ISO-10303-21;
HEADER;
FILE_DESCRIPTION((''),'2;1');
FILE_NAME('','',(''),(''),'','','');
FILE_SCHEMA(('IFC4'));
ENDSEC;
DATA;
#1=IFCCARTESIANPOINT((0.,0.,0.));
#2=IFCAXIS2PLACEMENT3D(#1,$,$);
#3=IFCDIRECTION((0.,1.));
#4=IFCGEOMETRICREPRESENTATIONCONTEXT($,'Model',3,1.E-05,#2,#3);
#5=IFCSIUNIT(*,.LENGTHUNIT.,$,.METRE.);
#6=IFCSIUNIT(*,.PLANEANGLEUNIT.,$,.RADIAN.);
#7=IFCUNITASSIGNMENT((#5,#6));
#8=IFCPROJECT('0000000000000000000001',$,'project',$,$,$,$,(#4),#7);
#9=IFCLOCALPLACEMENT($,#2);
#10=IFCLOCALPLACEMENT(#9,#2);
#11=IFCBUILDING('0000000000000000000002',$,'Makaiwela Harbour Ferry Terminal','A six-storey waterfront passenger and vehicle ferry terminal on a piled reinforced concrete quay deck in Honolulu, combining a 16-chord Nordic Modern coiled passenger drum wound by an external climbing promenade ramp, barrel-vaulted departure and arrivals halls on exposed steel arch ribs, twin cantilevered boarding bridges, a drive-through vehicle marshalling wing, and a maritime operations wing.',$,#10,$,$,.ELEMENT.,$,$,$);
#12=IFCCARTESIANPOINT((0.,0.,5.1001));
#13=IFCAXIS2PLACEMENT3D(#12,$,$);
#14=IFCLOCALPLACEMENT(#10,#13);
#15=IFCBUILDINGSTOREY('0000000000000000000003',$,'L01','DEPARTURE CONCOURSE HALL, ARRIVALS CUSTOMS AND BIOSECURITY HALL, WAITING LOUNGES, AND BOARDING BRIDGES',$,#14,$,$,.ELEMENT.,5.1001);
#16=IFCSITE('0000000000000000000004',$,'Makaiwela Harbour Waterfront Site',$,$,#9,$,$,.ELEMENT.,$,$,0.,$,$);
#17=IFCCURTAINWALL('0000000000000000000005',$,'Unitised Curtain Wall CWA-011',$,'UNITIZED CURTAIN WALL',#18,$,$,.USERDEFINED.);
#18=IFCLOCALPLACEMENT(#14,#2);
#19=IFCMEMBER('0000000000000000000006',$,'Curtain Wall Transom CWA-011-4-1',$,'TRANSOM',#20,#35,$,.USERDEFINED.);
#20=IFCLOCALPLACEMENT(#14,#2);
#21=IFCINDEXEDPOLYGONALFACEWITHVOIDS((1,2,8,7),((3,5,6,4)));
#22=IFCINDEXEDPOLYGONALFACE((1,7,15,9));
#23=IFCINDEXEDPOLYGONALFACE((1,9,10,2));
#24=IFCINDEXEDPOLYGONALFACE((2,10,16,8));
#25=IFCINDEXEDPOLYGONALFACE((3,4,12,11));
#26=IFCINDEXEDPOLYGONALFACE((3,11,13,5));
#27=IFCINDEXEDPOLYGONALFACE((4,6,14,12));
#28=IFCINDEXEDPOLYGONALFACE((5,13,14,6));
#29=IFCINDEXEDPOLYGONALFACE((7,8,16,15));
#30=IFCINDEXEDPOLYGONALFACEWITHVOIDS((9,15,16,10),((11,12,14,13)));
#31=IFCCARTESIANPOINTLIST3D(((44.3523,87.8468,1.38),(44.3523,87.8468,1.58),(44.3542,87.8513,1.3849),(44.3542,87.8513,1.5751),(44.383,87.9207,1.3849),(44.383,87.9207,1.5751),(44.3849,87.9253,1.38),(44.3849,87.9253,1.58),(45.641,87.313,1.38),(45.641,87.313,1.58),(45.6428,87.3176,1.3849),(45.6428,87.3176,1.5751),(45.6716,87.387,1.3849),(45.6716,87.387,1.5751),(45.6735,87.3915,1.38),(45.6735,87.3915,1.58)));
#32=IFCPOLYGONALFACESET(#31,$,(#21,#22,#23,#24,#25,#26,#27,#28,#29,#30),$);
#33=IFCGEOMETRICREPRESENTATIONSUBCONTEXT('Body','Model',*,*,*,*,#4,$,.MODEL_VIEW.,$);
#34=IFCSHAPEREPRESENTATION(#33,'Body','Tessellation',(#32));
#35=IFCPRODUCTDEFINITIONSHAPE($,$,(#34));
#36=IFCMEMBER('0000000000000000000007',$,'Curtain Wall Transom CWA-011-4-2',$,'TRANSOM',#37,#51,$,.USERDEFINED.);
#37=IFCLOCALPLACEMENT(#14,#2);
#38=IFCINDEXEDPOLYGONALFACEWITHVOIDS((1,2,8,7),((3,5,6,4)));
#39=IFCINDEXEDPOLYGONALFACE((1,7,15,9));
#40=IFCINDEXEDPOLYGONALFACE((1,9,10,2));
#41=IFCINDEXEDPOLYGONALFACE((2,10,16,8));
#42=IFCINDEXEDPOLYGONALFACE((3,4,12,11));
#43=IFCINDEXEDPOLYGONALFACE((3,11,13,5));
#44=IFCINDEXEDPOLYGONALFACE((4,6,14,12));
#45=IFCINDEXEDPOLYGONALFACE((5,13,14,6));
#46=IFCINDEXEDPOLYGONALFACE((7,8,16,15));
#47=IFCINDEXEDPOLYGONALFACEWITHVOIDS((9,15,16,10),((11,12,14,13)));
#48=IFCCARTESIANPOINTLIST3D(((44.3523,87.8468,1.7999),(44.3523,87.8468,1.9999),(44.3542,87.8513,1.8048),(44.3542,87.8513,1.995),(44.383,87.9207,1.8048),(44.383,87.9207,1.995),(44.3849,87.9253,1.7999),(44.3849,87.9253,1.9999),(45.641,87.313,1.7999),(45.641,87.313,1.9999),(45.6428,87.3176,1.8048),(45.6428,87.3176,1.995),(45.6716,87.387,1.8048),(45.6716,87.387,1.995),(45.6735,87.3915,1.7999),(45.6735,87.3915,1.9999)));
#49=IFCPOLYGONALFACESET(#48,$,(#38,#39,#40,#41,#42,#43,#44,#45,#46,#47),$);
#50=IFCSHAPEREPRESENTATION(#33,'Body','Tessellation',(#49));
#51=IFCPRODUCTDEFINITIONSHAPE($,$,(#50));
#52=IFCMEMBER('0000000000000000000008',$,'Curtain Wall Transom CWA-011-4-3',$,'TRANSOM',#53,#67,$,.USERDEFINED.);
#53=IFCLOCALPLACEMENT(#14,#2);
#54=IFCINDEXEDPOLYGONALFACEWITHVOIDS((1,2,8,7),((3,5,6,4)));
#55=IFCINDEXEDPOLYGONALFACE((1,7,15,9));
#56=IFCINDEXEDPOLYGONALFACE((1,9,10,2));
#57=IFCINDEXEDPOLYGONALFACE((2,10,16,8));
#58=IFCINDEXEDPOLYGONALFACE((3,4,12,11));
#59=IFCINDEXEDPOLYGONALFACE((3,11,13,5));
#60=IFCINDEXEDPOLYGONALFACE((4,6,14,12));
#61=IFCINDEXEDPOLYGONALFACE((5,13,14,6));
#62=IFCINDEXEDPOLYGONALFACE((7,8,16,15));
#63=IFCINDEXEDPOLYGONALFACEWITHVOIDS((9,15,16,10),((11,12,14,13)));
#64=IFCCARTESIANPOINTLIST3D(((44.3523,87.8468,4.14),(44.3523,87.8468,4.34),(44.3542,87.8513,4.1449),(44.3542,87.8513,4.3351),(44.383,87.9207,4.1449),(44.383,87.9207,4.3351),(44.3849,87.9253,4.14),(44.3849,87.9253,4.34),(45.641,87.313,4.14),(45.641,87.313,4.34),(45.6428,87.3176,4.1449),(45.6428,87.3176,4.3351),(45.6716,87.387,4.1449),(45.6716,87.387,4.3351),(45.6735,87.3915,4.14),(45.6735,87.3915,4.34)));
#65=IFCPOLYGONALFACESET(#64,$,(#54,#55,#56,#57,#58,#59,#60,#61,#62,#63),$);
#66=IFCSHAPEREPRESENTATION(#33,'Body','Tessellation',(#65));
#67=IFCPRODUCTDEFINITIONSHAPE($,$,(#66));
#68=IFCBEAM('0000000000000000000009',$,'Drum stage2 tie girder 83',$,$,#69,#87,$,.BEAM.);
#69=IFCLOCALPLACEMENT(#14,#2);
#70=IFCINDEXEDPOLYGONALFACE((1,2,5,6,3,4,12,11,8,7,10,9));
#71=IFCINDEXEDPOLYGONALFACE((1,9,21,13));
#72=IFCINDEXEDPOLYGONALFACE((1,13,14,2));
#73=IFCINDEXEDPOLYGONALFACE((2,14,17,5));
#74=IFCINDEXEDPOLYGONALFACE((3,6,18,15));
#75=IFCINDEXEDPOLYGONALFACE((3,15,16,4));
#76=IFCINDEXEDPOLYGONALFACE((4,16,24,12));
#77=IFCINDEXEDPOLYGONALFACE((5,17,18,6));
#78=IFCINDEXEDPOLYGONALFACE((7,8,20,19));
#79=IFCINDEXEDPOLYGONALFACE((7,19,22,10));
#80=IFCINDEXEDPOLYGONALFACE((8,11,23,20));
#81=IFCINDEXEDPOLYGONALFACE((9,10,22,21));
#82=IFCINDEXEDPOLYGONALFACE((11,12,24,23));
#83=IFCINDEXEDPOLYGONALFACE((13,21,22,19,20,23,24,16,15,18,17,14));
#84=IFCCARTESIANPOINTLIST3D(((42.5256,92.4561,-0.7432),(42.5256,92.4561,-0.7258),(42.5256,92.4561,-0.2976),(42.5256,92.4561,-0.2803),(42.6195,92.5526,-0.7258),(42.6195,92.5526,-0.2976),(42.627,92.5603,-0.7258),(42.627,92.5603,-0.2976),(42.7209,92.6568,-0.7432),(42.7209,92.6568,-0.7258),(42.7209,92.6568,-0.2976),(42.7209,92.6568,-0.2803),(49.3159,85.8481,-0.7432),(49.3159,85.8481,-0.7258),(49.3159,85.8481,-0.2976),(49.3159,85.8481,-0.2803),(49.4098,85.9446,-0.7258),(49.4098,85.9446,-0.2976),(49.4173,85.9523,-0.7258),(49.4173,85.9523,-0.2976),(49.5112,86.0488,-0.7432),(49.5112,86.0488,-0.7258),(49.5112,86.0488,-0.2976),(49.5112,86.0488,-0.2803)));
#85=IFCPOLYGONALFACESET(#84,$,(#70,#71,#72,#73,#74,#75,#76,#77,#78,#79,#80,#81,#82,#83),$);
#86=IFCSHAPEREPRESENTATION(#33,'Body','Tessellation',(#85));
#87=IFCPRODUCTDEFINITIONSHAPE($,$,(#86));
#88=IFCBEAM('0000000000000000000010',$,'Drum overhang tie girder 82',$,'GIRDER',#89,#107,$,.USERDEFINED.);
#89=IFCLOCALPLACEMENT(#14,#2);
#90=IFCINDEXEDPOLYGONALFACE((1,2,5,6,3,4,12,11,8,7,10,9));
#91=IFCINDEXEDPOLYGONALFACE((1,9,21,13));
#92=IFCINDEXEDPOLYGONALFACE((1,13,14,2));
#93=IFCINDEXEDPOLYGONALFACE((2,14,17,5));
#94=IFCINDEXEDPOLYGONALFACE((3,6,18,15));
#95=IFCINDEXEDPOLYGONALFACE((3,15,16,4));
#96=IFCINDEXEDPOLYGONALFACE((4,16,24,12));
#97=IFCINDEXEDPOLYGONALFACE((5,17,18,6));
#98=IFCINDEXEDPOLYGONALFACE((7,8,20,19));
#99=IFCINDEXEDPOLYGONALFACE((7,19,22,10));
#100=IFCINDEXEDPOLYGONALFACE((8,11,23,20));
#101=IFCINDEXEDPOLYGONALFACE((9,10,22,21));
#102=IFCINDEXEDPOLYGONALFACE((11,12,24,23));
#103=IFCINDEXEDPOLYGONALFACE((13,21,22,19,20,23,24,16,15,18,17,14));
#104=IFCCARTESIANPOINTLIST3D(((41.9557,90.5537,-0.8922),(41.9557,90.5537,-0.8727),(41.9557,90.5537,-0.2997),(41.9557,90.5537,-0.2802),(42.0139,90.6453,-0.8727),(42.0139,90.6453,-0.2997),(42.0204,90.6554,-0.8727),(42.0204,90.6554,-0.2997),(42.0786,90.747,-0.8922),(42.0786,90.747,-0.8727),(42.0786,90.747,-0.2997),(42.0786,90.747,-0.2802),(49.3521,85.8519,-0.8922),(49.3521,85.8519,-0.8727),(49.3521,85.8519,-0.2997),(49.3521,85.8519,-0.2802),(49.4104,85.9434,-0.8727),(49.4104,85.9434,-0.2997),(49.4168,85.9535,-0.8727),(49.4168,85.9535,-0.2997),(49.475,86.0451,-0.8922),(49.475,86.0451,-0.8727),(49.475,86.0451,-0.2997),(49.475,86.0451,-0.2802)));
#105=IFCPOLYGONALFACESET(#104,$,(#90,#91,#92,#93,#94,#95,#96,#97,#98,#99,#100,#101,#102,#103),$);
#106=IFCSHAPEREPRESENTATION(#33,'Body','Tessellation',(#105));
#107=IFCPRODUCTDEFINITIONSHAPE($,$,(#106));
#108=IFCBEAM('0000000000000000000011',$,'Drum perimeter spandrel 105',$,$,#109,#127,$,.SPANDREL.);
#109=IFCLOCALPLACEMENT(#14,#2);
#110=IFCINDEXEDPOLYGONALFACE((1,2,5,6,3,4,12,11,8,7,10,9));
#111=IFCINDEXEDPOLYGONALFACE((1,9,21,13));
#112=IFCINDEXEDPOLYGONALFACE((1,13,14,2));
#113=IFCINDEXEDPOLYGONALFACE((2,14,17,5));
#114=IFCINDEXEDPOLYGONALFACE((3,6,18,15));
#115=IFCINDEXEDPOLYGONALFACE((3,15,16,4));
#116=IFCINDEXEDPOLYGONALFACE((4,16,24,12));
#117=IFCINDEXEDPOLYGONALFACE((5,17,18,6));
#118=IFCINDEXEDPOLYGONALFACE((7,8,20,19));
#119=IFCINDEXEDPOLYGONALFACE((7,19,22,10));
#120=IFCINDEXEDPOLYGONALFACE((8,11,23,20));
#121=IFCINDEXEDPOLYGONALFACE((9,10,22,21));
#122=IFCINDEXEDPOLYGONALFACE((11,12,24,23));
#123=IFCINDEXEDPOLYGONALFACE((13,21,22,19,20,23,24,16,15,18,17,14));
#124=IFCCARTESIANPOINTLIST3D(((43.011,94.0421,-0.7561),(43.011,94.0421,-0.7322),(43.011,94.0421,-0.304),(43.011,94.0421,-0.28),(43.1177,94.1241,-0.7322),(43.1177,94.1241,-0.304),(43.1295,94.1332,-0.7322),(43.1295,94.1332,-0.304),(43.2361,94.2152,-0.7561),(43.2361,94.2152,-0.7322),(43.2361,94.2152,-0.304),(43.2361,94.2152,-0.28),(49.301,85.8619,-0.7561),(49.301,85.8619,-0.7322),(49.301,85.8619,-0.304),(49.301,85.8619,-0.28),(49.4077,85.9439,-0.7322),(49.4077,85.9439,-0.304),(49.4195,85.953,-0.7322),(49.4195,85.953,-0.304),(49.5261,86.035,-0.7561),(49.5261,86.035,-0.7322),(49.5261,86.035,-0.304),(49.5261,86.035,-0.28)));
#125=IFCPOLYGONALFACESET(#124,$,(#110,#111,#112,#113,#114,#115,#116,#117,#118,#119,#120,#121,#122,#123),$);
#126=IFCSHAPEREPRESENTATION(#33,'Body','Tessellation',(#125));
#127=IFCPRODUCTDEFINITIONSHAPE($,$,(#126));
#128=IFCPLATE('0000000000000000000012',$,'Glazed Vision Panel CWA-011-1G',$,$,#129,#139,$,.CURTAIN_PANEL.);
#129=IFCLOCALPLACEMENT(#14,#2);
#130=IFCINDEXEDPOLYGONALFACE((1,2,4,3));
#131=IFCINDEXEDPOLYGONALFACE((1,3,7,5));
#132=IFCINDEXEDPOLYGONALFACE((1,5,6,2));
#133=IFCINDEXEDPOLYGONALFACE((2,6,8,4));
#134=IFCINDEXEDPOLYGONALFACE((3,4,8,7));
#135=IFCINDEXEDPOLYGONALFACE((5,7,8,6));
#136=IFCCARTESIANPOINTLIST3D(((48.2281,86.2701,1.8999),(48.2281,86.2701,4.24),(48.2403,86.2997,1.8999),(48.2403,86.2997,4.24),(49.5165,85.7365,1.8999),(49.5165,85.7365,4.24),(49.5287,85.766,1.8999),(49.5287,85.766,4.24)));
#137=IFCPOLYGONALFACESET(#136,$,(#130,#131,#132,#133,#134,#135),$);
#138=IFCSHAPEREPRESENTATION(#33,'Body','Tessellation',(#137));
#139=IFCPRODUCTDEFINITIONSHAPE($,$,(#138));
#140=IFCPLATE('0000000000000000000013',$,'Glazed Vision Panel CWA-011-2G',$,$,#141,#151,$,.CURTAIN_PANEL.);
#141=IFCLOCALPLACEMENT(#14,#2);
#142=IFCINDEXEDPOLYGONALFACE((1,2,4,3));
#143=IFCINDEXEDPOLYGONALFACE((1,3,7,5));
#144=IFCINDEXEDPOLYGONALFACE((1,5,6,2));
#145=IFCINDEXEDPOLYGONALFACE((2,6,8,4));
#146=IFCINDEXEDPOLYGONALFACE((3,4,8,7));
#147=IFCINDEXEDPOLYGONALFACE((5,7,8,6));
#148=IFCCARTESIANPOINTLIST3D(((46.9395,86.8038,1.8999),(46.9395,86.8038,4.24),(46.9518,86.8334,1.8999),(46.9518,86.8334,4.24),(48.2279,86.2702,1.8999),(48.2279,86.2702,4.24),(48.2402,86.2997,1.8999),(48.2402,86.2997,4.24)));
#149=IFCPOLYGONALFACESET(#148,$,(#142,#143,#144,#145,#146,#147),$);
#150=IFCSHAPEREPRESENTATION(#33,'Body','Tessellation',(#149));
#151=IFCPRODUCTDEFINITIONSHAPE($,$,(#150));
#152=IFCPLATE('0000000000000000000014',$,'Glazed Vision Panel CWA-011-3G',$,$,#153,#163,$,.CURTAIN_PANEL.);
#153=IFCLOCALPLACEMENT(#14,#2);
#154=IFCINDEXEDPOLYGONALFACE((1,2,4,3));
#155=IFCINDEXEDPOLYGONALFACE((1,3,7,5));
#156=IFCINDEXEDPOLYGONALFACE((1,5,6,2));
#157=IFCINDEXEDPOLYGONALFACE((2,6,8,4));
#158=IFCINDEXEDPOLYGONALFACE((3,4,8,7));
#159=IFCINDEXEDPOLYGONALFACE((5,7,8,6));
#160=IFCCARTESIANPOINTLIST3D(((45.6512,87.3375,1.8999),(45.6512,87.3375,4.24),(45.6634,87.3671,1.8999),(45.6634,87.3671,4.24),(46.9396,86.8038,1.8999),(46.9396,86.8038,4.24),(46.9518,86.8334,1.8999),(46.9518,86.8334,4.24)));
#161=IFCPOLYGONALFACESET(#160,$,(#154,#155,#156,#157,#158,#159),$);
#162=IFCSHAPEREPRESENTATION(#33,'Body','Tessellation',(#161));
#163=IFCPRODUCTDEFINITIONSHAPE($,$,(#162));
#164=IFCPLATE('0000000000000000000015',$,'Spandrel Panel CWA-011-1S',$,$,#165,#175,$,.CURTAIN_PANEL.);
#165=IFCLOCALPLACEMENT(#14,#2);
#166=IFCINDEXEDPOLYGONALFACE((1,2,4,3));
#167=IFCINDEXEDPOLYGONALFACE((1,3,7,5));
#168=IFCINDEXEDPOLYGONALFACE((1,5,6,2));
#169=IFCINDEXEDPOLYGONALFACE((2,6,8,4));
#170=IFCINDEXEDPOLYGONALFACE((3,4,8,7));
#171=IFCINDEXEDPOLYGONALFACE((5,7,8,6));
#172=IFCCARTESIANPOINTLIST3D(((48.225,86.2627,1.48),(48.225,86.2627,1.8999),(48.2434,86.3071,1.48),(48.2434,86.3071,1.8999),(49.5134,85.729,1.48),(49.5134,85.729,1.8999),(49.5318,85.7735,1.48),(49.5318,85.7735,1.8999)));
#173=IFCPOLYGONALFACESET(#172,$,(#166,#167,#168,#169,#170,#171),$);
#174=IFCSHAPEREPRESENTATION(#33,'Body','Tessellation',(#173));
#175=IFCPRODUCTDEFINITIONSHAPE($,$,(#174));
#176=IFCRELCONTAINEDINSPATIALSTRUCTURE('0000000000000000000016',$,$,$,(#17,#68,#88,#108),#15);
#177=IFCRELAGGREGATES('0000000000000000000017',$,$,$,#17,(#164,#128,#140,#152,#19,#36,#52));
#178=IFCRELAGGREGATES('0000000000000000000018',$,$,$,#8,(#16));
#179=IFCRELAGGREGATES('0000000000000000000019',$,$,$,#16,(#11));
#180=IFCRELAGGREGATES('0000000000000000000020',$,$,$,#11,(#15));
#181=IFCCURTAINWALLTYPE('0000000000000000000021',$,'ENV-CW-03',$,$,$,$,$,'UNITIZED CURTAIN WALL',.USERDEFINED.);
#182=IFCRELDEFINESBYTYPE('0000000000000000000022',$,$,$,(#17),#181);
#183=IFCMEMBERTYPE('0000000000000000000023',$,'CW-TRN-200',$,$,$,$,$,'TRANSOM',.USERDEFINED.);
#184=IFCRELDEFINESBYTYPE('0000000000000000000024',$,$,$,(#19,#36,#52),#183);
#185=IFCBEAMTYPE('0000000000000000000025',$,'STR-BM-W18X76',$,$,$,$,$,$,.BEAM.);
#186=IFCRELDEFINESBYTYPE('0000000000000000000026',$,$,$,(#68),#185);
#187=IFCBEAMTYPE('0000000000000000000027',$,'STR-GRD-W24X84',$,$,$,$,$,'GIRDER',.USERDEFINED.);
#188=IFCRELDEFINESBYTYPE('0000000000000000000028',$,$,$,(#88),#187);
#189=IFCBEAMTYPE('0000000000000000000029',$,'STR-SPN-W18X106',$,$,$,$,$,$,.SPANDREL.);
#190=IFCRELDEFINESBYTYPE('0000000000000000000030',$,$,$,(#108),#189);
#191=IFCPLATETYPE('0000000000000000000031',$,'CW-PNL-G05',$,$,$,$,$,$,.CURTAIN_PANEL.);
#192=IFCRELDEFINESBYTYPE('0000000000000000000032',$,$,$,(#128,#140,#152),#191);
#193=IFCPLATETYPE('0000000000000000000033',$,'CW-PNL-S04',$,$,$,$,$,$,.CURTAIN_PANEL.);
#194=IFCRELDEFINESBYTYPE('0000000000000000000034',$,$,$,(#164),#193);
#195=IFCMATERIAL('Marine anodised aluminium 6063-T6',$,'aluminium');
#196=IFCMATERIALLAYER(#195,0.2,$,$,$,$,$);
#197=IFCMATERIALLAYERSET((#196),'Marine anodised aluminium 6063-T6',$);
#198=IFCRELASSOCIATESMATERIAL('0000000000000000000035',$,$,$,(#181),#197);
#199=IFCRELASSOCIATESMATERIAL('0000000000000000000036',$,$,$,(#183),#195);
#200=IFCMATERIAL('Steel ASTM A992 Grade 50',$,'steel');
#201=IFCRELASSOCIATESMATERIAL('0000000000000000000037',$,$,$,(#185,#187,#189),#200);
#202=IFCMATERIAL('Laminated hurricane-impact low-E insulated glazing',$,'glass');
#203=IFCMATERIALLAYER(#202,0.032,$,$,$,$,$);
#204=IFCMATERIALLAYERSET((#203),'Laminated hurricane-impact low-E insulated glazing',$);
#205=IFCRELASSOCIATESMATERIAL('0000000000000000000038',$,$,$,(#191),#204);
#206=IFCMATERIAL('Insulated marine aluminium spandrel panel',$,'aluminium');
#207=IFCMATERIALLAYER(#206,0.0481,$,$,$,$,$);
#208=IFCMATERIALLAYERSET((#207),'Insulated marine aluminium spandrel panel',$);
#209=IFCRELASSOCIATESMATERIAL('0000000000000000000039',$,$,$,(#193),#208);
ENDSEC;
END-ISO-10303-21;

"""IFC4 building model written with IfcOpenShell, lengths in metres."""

from ifc_helpers import new_model, si_unit, direction, frame, origin, origin_2d, place, context, subcontext, project, spatial, rectangle, hollow_rectangle, i_section, extrude, material, layer, layer_set, material_profile, profile_set, type_object, element, aggregate, save


model = new_model("IFC4")

# Units and contexts
model_context = context("Model", 3, precision=1e-05, world=origin(), true_north=direction((0.0, 1.0)))
body_context = subcontext(model_context, "Body", "Model", "MODEL_VIEW")
ifc_project = project(units=[si_unit("LENGTHUNIT", "METRE"), si_unit("PLANEANGLEUNIT", "RADIAN")], contexts=[model_context])

# Site, building, storey
site_placement = place(None, origin())
site = spatial("IfcSite", under=ifc_project, at=site_placement, Name="Makaiwela Harbour Waterfront Site", CompositionType="ELEMENT", RefElevation=0.0)
building_placement = place(site_placement, origin())
building = spatial("IfcBuilding", under=site, at=building_placement, Name="Makaiwela Harbour Ferry Terminal", Description="A six-storey waterfront passenger and vehicle ferry terminal on a piled reinforced concrete quay deck in Honolulu, combining a 16-chord Nordic Modern coiled passenger drum wound by an external climbing promenade ramp, barrel-vaulted departure and arrivals halls on exposed steel arch ribs, twin cantilevered boarding bridges, a drive-through vehicle marshalling wing, and a maritime operations wing.", CompositionType="ELEMENT")
storey_placement = place(building_placement, frame((0.0, 0.0, 5.1001)))
storey = spatial("IfcBuildingStorey", under=building, at=storey_placement, Name="L01", Description="DEPARTURE CONCOURSE HALL, ARRIVALS CUSTOMS AND BIOSECURITY HALL, WAITING LOUNGES, AND BOARDING BRIDGES", CompositionType="ELEMENT", Elevation=5.1001)

# Curtain wall, members
ifc_material_1 = material(Name="Marine anodised aluminium 6063-T6", Category="aluminium")
ifc_layer_1 = layer(ifc_material_1, 0.2)
ifc_layer_set_1 = layer_set([ifc_layer_1], Name="Marine anodised aluminium 6063-T6")
curtain_wall_type = type_object("IfcCurtainWallType", Name="ENV-CW-03", ElementType="UNITIZED CURTAIN WALL", PredefinedType="USERDEFINED", material=ifc_layer_set_1)
curtain_wall_placement = place(storey_placement, origin())
curtain_wall = element("IfcCurtainWall", 1, at=curtain_wall_placement, inside=storey, type_object=curtain_wall_type, Name="Unitised Curtain Wall CWA-011", ObjectType="UNITIZED CURTAIN WALL", PredefinedType="USERDEFINED")
ifc_material_profile_1 = material_profile(ifc_material_1, hollow_rectangle(XDim=0.085, YDim=0.2, WallThickness=0.0049, at=origin_2d()), Name="CWT-200X85")
ifc_profile_set_1 = profile_set([ifc_material_profile_1], Name="Marine anodised aluminium 6063-T6")
member_type_1 = type_object("IfcMemberType", Name="CW-TRN-200", ElementType="TRANSOM", PredefinedType="USERDEFINED", material=ifc_profile_set_1)
member_1_placement = place(storey_placement, frame((45.6572, 87.3523, 1.48), z_axis=(-0.923893, 0.382651, 0.0), x_axis=(-0.382651, -0.923893, 0.0)))
member_1 = element("IfcMember", 2, at=member_1_placement, type_object=member_type_1, Name="Curtain Wall Transom CWA-011-4-1", ObjectType="TRANSOM", PredefinedType="USERDEFINED", context=body_context, shape_type="SweptSolid", body=[
    extrude(hollow_rectangle(XDim=0.085, YDim=0.2, WallThickness=0.0049, at=origin_2d()), origin(), (0.0, 0.0, 1.0), 1.3948),
])
member_2_placement = place(storey_placement, frame((45.6572, 87.3523, 1.8999), z_axis=(-0.923893, 0.382651, 0.0), x_axis=(-0.382651, -0.923893, 0.0)))
member_2 = element("IfcMember", 3, at=member_2_placement, type_object=member_type_1, Name="Curtain Wall Transom CWA-011-4-2", ObjectType="TRANSOM", PredefinedType="USERDEFINED", context=body_context, shape_type="SweptSolid", body=[
    extrude(hollow_rectangle(XDim=0.085, YDim=0.2, WallThickness=0.0049, at=origin_2d()), origin(), (0.0, 0.0, 1.0), 1.3948),
])
member_3_placement = place(storey_placement, frame((45.6572, 87.3523, 4.24), z_axis=(-0.923893, 0.382651, 0.0), x_axis=(-0.382651, -0.923893, 0.0)))
member_3 = element("IfcMember", 4, at=member_3_placement, type_object=member_type_1, Name="Curtain Wall Transom CWA-011-4-3", ObjectType="TRANSOM", PredefinedType="USERDEFINED", context=body_context, shape_type="SweptSolid", body=[
    extrude(hollow_rectangle(XDim=0.085, YDim=0.2, WallThickness=0.0049, at=origin_2d()), origin(), (0.0, 0.0, 1.0), 1.3948),
])

# Beams
ifc_material_2 = material(Name="Steel ASTM A992 Grade 50", Category="steel")
ifc_material_profile_2 = material_profile(ifc_material_2, i_section(OverallWidth=0.28, OverallDepth=0.4629, WebThickness=0.0107, FlangeThickness=0.0173, at=origin_2d()), Name="W18X76")
ifc_profile_set_2 = profile_set([ifc_material_profile_2], Name="Steel ASTM A992 Grade 50")
beam_type_1 = type_object("IfcBeamType", Name="STR-BM-W18X76", PredefinedType="BEAM", material=ifc_profile_set_2)
beam_1_placement = place(storey_placement, frame((49.4136, 85.9485, -0.5117), z_axis=(-0.716665, 0.697417, 0.0), x_axis=(-0.697417, -0.716665, 0.0)))
element("IfcBeam", 5, at=beam_1_placement, inside=storey, type_object=beam_type_1, Name="Drum stage2 tie girder 83", PredefinedType="BEAM", context=body_context, shape_type="SweptSolid", body=[
    extrude(i_section(OverallWidth=0.28, OverallDepth=0.4629, WebThickness=0.0107, FlangeThickness=0.0173, at=origin_2d()), origin(), (0.0, 0.0, 1.0), 9.4749),
])
ifc_material_profile_3 = material_profile(ifc_material_2, i_section(OverallWidth=0.229, OverallDepth=0.6121, WebThickness=0.012, FlangeThickness=0.0195, at=origin_2d()), Name="W24X84")
ifc_profile_set_3 = profile_set([ifc_material_profile_3], Name="Steel ASTM A992 Grade 50")
beam_type_2 = type_object("IfcBeamType", Name="STR-GRD-W24X84", ElementType="GIRDER", PredefinedType="USERDEFINED", material=ifc_profile_set_3)
beam_2_placement = place(storey_placement, frame((49.4136, 85.9485, -0.5862), z_axis=(-0.843917, 0.536473, 0.0), x_axis=(-0.536473, -0.843917, 0.0)))
element("IfcBeam", 6, at=beam_2_placement, inside=storey, type_object=beam_type_2, Name="Drum overhang tie girder 82", ObjectType="GIRDER", PredefinedType="USERDEFINED", context=body_context, shape_type="SweptSolid", body=[
    extrude(i_section(OverallWidth=0.229, OverallDepth=0.6121, WebThickness=0.012, FlangeThickness=0.0195, at=origin_2d()), origin(), (0.0, 0.0, 1.0), 8.7644),
])
ifc_material_profile_4 = material_profile(ifc_material_2, i_section(OverallWidth=0.2839, OverallDepth=0.4761, WebThickness=0.0149, FlangeThickness=0.0239, at=origin_2d()), Name="W18X106")
ifc_profile_set_4 = profile_set([ifc_material_profile_4], Name="Steel ASTM A992 Grade 50")
beam_type_3 = type_object("IfcBeamType", Name="STR-SPN-W18X106", PredefinedType="SPANDREL", material=ifc_profile_set_4)
beam_3_placement = place(storey_placement, frame((49.4136, 85.9485, -0.5181), z_axis=(-0.609564, 0.792737, 0.0), x_axis=(-0.792737, -0.609564, 0.0)))
element("IfcBeam", 7, at=beam_3_placement, inside=storey, type_object=beam_type_3, Name="Drum perimeter spandrel 105", PredefinedType="SPANDREL", context=body_context, shape_type="SweptSolid", body=[
    extrude(i_section(OverallWidth=0.2839, OverallDepth=0.4761, WebThickness=0.0149, FlangeThickness=0.0239, at=origin_2d()), origin(), (0.0, 0.0, 1.0), 10.3188),
])

# Plates
ifc_material_3 = material(Name="Laminated hurricane-impact low-E insulated glazing", Category="glass")
ifc_layer_2 = layer(ifc_material_3, 0.032)
ifc_layer_set_2 = layer_set([ifc_layer_2], Name="Laminated hurricane-impact low-E insulated glazing")
plate_type_1 = type_object("IfcPlateType", Name="CW-PNL-G05", PredefinedType="CURTAIN_PANEL", material=ifc_layer_set_2)
plate_1_placement = place(storey_placement, frame((48.8784, 86.0181, 1.8999), z_axis=(0.0, 0.0, 1.0), x_axis=(-0.92388, 0.382683, 0.0)))
plate_1 = element("IfcPlate", 8, at=plate_1_placement, type_object=plate_type_1, Name="Glazed Vision Panel CWA-011-1G", PredefinedType="CURTAIN_PANEL", context=body_context, shape_type="SweptSolid", body=[
    extrude(rectangle(XDim=1.3945, YDim=0.032, at=origin_2d()), origin(), (0.0, 0.0, 1.0), 2.3401),
])
plate_2_placement = place(storey_placement, frame((47.5898, 86.5518, 1.8999), z_axis=(0.0, 0.0, 1.0), x_axis=(-0.92388, 0.382683, 0.0)))
plate_2 = element("IfcPlate", 9, at=plate_2_placement, type_object=plate_type_1, Name="Glazed Vision Panel CWA-011-2G", PredefinedType="CURTAIN_PANEL", context=body_context, shape_type="SweptSolid", body=[
    extrude(rectangle(XDim=1.3945, YDim=0.032, at=origin_2d()), origin(), (0.0, 0.0, 1.0), 2.3401),
])
plate_3_placement = place(storey_placement, frame((46.3015, 87.0854, 1.8999), z_axis=(0.0, 0.0, 1.0), x_axis=(-0.92388, 0.382683, 0.0)))
plate_3 = element("IfcPlate", 10, at=plate_3_placement, type_object=plate_type_1, Name="Glazed Vision Panel CWA-011-3G", PredefinedType="CURTAIN_PANEL", context=body_context, shape_type="SweptSolid", body=[
    extrude(rectangle(XDim=1.3945, YDim=0.032, at=origin_2d()), origin(), (0.0, 0.0, 1.0), 2.3401),
])
ifc_material_4 = material(Name="Insulated marine aluminium spandrel panel", Category="aluminium")
ifc_layer_3 = layer(ifc_material_4, 0.0481)
ifc_layer_set_3 = layer_set([ifc_layer_3], Name="Insulated marine aluminium spandrel panel")
plate_type_2 = type_object("IfcPlateType", Name="CW-PNL-S04", PredefinedType="CURTAIN_PANEL", material=ifc_layer_set_3)
plate_4_placement = place(storey_placement, frame((48.8784, 86.0181, 1.48), z_axis=(0.0, 0.0, 1.0), x_axis=(-0.92388, 0.382683, 0.0)))
plate_4 = element("IfcPlate", 11, at=plate_4_placement, type_object=plate_type_2, Name="Spandrel Panel CWA-011-1S", PredefinedType="CURTAIN_PANEL", context=body_context, shape_type="SweptSolid", body=[
    extrude(rectangle(XDim=1.3945, YDim=0.0481, at=origin_2d()), origin(), (0.0, 0.0, 1.0), 0.4199),
])
aggregate(curtain_wall, [plate_4, plate_1, plate_2, plate_3, member_1, member_2, member_3])

save(model, "model.ifc")
